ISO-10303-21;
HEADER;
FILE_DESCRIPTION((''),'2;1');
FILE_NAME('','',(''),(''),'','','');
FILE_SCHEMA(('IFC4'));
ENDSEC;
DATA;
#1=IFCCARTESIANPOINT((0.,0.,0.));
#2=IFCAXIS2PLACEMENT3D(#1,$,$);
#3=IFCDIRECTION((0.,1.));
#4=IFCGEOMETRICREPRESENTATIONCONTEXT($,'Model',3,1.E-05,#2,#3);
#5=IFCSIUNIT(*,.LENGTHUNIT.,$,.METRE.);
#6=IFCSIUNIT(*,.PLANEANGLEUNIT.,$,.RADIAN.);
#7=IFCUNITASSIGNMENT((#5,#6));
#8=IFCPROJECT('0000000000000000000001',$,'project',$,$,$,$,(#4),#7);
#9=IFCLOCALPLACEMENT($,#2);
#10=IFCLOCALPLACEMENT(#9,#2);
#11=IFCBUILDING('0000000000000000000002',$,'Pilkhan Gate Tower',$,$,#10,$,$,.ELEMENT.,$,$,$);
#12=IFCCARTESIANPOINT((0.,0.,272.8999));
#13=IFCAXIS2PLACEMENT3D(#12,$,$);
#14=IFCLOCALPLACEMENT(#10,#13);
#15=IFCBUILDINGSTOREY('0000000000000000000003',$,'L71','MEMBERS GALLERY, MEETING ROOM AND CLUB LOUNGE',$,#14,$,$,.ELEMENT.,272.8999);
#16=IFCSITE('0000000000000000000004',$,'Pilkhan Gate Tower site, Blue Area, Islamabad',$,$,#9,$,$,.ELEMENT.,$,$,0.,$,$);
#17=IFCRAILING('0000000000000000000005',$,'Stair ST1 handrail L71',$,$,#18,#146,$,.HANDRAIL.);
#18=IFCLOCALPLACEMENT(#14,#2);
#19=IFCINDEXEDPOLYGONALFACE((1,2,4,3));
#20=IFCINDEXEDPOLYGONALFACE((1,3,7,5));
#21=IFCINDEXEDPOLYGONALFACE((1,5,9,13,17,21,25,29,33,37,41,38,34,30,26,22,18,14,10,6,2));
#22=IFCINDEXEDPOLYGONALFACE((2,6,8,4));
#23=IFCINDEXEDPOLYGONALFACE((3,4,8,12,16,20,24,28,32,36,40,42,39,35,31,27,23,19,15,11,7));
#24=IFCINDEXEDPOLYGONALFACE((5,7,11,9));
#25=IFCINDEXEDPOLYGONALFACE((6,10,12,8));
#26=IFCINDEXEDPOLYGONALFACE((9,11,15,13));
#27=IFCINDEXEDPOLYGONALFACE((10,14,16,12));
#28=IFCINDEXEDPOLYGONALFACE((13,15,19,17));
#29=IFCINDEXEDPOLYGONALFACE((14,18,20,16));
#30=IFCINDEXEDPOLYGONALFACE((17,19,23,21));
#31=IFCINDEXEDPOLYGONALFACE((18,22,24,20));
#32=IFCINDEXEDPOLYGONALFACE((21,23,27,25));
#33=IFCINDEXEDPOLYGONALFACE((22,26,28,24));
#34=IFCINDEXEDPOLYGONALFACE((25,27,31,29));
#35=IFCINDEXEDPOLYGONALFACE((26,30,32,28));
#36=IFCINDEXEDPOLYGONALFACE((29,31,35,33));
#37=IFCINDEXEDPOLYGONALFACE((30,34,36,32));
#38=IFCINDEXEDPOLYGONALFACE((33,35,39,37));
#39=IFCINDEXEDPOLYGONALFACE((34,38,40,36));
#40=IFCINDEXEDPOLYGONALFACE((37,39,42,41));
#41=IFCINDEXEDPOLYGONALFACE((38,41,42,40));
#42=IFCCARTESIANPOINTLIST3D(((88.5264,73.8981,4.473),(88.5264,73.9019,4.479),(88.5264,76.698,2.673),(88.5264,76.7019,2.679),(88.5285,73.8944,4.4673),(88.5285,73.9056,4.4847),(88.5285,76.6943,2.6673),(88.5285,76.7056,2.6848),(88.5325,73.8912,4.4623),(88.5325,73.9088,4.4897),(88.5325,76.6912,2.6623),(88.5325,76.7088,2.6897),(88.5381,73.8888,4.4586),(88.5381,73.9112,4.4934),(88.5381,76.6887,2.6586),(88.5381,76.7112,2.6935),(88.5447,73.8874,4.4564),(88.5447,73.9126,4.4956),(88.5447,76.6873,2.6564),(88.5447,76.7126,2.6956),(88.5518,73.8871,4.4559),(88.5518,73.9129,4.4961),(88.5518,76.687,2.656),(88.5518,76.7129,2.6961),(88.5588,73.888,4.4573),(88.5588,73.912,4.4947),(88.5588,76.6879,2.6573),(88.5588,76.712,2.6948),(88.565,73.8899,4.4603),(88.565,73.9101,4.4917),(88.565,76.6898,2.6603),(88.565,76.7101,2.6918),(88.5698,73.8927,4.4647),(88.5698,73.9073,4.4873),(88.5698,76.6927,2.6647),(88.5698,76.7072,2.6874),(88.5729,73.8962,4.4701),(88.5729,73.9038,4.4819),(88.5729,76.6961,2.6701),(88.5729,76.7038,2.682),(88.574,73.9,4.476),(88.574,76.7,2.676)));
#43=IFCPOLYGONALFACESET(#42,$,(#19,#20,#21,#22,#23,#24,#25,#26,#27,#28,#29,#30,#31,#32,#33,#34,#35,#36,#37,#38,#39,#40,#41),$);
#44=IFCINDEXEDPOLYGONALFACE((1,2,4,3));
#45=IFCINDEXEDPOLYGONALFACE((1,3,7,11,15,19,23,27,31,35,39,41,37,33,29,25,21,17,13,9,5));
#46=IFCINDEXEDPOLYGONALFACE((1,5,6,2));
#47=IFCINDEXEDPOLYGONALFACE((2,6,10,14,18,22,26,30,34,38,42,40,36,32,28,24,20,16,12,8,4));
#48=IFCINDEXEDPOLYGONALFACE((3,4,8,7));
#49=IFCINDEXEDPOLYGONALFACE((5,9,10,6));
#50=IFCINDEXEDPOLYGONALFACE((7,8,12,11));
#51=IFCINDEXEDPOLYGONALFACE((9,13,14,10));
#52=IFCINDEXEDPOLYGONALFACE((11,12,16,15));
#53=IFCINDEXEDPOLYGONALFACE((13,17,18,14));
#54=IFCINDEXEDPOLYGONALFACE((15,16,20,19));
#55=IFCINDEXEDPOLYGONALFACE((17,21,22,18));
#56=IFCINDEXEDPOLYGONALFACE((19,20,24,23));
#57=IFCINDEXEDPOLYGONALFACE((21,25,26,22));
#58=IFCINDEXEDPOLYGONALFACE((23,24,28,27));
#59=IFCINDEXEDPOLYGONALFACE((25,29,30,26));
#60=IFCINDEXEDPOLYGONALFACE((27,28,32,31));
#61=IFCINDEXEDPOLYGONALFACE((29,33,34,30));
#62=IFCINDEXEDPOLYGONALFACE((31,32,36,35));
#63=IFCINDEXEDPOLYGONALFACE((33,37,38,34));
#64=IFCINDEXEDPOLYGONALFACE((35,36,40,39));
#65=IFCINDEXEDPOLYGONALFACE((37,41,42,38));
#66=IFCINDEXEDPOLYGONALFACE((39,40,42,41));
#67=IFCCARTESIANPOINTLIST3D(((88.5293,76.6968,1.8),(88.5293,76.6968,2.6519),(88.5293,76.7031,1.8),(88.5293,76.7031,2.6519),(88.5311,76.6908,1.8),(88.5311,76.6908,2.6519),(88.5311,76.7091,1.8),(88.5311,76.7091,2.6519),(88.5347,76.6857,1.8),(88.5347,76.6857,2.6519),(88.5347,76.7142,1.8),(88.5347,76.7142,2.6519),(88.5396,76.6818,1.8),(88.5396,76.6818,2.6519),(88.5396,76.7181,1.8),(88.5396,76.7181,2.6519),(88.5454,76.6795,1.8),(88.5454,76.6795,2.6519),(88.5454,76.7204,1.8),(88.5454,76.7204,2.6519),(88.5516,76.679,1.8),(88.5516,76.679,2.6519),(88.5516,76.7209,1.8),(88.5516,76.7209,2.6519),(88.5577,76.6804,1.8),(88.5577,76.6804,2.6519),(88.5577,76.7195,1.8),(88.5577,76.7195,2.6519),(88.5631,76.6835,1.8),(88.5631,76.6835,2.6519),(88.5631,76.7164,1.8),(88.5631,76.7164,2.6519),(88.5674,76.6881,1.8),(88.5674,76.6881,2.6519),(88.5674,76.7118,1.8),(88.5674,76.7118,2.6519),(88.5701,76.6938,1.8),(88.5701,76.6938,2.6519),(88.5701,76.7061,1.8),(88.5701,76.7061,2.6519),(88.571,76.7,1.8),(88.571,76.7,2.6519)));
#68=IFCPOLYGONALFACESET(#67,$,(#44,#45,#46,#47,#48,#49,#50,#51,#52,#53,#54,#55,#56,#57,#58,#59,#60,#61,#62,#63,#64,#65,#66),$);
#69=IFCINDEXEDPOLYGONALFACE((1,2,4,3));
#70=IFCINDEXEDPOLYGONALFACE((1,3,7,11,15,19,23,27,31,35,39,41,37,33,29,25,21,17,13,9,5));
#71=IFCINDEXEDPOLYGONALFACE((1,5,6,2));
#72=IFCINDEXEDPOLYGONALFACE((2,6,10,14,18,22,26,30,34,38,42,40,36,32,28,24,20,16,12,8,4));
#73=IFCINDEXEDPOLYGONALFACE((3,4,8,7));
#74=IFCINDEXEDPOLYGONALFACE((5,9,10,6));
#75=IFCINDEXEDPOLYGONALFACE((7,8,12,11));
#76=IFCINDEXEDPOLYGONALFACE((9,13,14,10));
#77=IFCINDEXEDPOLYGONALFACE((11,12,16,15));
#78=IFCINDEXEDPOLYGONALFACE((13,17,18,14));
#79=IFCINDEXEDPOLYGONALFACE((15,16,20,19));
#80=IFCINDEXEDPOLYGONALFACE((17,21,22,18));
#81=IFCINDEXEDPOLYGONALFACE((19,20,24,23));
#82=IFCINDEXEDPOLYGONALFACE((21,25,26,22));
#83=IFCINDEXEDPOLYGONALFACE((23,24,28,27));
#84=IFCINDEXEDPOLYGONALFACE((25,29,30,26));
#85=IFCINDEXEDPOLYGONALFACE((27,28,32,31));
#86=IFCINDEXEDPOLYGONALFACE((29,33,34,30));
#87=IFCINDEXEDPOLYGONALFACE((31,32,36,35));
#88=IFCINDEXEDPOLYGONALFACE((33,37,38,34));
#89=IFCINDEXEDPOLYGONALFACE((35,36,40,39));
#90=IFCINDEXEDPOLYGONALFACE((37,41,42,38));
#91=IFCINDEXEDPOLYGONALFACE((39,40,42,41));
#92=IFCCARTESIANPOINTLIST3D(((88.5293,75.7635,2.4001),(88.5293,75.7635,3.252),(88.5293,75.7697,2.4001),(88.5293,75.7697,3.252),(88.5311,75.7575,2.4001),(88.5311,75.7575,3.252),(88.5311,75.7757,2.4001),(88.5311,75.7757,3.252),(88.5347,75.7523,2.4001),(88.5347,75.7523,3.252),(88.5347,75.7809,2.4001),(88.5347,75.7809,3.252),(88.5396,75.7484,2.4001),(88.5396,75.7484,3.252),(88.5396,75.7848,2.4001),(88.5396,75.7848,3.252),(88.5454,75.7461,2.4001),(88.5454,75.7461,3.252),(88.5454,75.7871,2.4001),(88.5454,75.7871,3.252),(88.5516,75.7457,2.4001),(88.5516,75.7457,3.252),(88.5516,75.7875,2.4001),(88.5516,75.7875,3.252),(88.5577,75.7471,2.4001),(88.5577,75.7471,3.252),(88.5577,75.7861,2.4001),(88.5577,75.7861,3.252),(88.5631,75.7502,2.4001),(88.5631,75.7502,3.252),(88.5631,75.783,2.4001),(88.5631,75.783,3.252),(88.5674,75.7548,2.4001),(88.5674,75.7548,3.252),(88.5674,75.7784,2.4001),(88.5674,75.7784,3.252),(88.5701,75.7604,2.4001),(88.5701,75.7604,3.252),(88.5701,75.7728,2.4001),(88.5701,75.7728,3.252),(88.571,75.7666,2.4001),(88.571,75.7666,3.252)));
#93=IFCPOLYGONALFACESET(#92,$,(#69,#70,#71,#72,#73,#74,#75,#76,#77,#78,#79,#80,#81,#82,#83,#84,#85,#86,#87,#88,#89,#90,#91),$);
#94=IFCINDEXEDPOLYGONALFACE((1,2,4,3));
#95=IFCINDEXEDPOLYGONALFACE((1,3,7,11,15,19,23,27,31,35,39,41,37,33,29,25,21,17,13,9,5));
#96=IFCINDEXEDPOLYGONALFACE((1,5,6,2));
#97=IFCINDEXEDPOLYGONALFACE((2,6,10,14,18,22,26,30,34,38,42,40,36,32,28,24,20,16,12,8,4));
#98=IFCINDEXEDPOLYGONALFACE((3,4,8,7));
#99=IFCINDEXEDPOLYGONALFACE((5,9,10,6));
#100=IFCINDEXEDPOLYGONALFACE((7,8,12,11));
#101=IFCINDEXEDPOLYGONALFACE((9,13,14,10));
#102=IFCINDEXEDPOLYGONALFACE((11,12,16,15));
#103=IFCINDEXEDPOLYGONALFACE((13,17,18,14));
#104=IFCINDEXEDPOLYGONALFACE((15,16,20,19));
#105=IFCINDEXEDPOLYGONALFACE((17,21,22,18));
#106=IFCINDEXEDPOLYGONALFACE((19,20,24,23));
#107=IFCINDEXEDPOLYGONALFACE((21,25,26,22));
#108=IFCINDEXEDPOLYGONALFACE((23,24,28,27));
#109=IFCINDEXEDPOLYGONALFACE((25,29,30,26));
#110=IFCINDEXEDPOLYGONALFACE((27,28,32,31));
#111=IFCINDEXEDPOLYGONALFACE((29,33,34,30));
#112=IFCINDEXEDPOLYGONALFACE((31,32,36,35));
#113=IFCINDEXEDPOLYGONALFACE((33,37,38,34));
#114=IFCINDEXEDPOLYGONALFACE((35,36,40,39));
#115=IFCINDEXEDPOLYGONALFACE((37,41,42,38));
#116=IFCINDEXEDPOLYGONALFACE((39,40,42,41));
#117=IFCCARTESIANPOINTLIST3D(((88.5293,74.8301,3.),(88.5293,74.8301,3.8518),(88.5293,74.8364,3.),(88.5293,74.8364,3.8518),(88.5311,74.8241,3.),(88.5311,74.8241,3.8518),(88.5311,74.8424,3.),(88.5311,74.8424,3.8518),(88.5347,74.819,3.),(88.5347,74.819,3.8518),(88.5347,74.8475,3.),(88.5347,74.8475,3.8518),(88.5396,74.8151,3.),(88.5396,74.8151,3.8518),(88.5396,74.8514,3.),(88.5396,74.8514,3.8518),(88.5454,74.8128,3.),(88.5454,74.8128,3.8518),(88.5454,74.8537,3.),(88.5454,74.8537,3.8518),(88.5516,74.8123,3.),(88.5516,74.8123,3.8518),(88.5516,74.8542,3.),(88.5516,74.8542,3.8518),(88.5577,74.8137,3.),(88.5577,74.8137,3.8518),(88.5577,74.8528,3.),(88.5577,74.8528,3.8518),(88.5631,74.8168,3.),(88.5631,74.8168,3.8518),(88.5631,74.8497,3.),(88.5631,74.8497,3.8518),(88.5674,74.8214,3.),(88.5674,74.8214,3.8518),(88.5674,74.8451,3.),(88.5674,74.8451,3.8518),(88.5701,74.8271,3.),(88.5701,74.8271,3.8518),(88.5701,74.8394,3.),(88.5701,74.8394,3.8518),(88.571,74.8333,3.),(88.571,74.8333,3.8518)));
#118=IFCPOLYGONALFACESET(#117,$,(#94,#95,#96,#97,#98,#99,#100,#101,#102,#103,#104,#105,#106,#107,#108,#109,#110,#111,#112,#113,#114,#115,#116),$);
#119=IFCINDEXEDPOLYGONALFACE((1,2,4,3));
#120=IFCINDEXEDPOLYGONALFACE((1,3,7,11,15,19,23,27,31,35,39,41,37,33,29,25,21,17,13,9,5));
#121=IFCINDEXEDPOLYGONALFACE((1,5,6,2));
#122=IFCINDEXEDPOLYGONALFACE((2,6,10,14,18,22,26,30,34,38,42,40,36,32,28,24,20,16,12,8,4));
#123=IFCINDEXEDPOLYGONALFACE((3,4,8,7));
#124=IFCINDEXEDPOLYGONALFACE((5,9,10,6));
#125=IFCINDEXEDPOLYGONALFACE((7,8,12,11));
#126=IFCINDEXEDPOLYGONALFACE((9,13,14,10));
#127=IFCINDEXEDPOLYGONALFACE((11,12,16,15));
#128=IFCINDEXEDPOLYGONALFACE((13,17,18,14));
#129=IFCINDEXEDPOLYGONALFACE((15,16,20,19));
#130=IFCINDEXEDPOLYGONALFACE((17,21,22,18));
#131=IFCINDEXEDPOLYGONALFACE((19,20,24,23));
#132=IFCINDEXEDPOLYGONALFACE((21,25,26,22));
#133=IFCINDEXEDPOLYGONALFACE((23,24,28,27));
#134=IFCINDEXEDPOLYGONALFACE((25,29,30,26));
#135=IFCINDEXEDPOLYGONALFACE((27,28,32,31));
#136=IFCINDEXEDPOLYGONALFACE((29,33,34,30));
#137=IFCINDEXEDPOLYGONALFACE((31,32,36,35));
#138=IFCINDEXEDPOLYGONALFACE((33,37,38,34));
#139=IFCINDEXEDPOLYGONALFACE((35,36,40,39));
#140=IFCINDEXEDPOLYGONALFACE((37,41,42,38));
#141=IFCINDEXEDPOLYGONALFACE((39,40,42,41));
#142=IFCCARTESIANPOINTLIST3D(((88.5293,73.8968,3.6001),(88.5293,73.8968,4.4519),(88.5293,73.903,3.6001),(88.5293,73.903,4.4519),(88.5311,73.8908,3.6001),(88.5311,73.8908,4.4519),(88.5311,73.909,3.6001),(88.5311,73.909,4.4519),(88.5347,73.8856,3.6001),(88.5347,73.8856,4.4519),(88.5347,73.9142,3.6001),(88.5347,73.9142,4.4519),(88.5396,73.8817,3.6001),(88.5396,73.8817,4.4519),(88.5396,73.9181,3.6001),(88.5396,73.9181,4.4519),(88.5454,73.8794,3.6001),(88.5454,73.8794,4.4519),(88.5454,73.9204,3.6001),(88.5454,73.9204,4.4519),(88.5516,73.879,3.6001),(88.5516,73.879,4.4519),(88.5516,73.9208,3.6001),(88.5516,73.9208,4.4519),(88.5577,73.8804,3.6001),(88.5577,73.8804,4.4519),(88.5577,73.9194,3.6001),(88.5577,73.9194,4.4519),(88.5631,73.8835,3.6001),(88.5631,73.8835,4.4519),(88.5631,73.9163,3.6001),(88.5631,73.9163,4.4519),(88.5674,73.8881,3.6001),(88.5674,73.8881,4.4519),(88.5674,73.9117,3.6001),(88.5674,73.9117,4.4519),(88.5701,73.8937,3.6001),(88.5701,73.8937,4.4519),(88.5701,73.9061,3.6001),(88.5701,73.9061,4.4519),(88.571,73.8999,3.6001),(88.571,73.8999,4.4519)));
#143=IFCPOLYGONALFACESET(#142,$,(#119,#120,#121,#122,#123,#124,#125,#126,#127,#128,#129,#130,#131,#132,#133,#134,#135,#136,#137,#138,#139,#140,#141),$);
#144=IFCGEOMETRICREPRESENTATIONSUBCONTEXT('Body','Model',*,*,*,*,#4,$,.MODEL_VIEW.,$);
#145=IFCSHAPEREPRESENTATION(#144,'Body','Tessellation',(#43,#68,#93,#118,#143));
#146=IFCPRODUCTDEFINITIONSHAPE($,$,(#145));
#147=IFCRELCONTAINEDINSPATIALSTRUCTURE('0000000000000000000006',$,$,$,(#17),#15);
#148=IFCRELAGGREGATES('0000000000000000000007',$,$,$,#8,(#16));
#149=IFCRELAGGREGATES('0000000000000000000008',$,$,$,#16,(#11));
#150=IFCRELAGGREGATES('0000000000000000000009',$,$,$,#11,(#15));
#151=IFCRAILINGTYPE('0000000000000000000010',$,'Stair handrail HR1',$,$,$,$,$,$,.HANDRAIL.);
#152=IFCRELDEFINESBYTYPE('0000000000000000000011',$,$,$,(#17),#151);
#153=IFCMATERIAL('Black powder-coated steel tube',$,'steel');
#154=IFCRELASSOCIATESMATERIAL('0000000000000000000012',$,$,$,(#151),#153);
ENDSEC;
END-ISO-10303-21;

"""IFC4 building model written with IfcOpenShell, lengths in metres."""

from ifc_helpers import new_model, si_unit, direction, frame, origin, origin_2d, place, context, subcontext, project, spatial, circle, extrude, material, type_object, element, save


model = new_model("IFC4")

# Units and contexts
model_context = context("Model", 3, precision=1e-05, world=origin(), true_north=direction((0.0, 1.0)))
body_context = subcontext(model_context, "Body", "Model", "MODEL_VIEW")
ifc_project = project(units=[si_unit("LENGTHUNIT", "METRE"), si_unit("PLANEANGLEUNIT", "RADIAN")], contexts=[model_context])

# Site, building, storey
site_placement = place(None, origin())
site = spatial("IfcSite", under=ifc_project, at=site_placement, Name="Pilkhan Gate Tower site, Blue Area, Islamabad", CompositionType="ELEMENT", RefElevation=0.0)
building_placement = place(site_placement, origin())
building = spatial("IfcBuilding", under=site, at=building_placement, Name="Pilkhan Gate Tower", CompositionType="ELEMENT")
storey_placement = place(building_placement, frame((0.0, 0.0, 272.8999)))
storey = spatial("IfcBuildingStorey", under=building, at=storey_placement, Name="L71", Description="MEMBERS GALLERY, MEETING ROOM AND CLUB LOUNGE", CompositionType="ELEMENT", Elevation=272.8999)

# Railing
ifc_material_1 = material(Name="Black powder-coated steel tube", Category="steel")
railing_type_1 = type_object("IfcRailingType", Name="Stair handrail HR1", PredefinedType="HANDRAIL", material=ifc_material_1)
railing_1_placement = place(storey_placement, frame((88.55, 76.7, 1.8)))
element("IfcRailing", 1, at=railing_1_placement, inside=storey, type_object=railing_type_1, Name="Stair ST1 handrail L71", PredefinedType="HANDRAIL", context=body_context, shape_type="SweptSolid", body=[
    extrude(circle(Radius=0.0239, at=origin_2d()), frame((0.0, 0.0, 0.876), z_axis=(0.0, -0.841176, 0.540761), x_axis=(1.0, 0.0, 0.0)), (0.0, 0.0, 1.0), 3.3286),
    extrude(circle(Radius=0.021, at=origin_2d()), origin(), (0.0, 0.0, 1.0), 0.8518),
    extrude(circle(Radius=0.021, at=origin_2d()), frame((0.0, -0.9333, 0.6001)), (0.0, 0.0, 1.0), 0.8518),
    extrude(circle(Radius=0.021, at=origin_2d()), frame((0.0, -1.8667, 1.2)), (0.0, 0.0, 1.0), 0.8518),
    extrude(circle(Radius=0.021, at=origin_2d()), frame((0.0, -2.8, 1.8)), (0.0, 0.0, 1.0), 0.8518),
])

save(model, "model.ifc")
